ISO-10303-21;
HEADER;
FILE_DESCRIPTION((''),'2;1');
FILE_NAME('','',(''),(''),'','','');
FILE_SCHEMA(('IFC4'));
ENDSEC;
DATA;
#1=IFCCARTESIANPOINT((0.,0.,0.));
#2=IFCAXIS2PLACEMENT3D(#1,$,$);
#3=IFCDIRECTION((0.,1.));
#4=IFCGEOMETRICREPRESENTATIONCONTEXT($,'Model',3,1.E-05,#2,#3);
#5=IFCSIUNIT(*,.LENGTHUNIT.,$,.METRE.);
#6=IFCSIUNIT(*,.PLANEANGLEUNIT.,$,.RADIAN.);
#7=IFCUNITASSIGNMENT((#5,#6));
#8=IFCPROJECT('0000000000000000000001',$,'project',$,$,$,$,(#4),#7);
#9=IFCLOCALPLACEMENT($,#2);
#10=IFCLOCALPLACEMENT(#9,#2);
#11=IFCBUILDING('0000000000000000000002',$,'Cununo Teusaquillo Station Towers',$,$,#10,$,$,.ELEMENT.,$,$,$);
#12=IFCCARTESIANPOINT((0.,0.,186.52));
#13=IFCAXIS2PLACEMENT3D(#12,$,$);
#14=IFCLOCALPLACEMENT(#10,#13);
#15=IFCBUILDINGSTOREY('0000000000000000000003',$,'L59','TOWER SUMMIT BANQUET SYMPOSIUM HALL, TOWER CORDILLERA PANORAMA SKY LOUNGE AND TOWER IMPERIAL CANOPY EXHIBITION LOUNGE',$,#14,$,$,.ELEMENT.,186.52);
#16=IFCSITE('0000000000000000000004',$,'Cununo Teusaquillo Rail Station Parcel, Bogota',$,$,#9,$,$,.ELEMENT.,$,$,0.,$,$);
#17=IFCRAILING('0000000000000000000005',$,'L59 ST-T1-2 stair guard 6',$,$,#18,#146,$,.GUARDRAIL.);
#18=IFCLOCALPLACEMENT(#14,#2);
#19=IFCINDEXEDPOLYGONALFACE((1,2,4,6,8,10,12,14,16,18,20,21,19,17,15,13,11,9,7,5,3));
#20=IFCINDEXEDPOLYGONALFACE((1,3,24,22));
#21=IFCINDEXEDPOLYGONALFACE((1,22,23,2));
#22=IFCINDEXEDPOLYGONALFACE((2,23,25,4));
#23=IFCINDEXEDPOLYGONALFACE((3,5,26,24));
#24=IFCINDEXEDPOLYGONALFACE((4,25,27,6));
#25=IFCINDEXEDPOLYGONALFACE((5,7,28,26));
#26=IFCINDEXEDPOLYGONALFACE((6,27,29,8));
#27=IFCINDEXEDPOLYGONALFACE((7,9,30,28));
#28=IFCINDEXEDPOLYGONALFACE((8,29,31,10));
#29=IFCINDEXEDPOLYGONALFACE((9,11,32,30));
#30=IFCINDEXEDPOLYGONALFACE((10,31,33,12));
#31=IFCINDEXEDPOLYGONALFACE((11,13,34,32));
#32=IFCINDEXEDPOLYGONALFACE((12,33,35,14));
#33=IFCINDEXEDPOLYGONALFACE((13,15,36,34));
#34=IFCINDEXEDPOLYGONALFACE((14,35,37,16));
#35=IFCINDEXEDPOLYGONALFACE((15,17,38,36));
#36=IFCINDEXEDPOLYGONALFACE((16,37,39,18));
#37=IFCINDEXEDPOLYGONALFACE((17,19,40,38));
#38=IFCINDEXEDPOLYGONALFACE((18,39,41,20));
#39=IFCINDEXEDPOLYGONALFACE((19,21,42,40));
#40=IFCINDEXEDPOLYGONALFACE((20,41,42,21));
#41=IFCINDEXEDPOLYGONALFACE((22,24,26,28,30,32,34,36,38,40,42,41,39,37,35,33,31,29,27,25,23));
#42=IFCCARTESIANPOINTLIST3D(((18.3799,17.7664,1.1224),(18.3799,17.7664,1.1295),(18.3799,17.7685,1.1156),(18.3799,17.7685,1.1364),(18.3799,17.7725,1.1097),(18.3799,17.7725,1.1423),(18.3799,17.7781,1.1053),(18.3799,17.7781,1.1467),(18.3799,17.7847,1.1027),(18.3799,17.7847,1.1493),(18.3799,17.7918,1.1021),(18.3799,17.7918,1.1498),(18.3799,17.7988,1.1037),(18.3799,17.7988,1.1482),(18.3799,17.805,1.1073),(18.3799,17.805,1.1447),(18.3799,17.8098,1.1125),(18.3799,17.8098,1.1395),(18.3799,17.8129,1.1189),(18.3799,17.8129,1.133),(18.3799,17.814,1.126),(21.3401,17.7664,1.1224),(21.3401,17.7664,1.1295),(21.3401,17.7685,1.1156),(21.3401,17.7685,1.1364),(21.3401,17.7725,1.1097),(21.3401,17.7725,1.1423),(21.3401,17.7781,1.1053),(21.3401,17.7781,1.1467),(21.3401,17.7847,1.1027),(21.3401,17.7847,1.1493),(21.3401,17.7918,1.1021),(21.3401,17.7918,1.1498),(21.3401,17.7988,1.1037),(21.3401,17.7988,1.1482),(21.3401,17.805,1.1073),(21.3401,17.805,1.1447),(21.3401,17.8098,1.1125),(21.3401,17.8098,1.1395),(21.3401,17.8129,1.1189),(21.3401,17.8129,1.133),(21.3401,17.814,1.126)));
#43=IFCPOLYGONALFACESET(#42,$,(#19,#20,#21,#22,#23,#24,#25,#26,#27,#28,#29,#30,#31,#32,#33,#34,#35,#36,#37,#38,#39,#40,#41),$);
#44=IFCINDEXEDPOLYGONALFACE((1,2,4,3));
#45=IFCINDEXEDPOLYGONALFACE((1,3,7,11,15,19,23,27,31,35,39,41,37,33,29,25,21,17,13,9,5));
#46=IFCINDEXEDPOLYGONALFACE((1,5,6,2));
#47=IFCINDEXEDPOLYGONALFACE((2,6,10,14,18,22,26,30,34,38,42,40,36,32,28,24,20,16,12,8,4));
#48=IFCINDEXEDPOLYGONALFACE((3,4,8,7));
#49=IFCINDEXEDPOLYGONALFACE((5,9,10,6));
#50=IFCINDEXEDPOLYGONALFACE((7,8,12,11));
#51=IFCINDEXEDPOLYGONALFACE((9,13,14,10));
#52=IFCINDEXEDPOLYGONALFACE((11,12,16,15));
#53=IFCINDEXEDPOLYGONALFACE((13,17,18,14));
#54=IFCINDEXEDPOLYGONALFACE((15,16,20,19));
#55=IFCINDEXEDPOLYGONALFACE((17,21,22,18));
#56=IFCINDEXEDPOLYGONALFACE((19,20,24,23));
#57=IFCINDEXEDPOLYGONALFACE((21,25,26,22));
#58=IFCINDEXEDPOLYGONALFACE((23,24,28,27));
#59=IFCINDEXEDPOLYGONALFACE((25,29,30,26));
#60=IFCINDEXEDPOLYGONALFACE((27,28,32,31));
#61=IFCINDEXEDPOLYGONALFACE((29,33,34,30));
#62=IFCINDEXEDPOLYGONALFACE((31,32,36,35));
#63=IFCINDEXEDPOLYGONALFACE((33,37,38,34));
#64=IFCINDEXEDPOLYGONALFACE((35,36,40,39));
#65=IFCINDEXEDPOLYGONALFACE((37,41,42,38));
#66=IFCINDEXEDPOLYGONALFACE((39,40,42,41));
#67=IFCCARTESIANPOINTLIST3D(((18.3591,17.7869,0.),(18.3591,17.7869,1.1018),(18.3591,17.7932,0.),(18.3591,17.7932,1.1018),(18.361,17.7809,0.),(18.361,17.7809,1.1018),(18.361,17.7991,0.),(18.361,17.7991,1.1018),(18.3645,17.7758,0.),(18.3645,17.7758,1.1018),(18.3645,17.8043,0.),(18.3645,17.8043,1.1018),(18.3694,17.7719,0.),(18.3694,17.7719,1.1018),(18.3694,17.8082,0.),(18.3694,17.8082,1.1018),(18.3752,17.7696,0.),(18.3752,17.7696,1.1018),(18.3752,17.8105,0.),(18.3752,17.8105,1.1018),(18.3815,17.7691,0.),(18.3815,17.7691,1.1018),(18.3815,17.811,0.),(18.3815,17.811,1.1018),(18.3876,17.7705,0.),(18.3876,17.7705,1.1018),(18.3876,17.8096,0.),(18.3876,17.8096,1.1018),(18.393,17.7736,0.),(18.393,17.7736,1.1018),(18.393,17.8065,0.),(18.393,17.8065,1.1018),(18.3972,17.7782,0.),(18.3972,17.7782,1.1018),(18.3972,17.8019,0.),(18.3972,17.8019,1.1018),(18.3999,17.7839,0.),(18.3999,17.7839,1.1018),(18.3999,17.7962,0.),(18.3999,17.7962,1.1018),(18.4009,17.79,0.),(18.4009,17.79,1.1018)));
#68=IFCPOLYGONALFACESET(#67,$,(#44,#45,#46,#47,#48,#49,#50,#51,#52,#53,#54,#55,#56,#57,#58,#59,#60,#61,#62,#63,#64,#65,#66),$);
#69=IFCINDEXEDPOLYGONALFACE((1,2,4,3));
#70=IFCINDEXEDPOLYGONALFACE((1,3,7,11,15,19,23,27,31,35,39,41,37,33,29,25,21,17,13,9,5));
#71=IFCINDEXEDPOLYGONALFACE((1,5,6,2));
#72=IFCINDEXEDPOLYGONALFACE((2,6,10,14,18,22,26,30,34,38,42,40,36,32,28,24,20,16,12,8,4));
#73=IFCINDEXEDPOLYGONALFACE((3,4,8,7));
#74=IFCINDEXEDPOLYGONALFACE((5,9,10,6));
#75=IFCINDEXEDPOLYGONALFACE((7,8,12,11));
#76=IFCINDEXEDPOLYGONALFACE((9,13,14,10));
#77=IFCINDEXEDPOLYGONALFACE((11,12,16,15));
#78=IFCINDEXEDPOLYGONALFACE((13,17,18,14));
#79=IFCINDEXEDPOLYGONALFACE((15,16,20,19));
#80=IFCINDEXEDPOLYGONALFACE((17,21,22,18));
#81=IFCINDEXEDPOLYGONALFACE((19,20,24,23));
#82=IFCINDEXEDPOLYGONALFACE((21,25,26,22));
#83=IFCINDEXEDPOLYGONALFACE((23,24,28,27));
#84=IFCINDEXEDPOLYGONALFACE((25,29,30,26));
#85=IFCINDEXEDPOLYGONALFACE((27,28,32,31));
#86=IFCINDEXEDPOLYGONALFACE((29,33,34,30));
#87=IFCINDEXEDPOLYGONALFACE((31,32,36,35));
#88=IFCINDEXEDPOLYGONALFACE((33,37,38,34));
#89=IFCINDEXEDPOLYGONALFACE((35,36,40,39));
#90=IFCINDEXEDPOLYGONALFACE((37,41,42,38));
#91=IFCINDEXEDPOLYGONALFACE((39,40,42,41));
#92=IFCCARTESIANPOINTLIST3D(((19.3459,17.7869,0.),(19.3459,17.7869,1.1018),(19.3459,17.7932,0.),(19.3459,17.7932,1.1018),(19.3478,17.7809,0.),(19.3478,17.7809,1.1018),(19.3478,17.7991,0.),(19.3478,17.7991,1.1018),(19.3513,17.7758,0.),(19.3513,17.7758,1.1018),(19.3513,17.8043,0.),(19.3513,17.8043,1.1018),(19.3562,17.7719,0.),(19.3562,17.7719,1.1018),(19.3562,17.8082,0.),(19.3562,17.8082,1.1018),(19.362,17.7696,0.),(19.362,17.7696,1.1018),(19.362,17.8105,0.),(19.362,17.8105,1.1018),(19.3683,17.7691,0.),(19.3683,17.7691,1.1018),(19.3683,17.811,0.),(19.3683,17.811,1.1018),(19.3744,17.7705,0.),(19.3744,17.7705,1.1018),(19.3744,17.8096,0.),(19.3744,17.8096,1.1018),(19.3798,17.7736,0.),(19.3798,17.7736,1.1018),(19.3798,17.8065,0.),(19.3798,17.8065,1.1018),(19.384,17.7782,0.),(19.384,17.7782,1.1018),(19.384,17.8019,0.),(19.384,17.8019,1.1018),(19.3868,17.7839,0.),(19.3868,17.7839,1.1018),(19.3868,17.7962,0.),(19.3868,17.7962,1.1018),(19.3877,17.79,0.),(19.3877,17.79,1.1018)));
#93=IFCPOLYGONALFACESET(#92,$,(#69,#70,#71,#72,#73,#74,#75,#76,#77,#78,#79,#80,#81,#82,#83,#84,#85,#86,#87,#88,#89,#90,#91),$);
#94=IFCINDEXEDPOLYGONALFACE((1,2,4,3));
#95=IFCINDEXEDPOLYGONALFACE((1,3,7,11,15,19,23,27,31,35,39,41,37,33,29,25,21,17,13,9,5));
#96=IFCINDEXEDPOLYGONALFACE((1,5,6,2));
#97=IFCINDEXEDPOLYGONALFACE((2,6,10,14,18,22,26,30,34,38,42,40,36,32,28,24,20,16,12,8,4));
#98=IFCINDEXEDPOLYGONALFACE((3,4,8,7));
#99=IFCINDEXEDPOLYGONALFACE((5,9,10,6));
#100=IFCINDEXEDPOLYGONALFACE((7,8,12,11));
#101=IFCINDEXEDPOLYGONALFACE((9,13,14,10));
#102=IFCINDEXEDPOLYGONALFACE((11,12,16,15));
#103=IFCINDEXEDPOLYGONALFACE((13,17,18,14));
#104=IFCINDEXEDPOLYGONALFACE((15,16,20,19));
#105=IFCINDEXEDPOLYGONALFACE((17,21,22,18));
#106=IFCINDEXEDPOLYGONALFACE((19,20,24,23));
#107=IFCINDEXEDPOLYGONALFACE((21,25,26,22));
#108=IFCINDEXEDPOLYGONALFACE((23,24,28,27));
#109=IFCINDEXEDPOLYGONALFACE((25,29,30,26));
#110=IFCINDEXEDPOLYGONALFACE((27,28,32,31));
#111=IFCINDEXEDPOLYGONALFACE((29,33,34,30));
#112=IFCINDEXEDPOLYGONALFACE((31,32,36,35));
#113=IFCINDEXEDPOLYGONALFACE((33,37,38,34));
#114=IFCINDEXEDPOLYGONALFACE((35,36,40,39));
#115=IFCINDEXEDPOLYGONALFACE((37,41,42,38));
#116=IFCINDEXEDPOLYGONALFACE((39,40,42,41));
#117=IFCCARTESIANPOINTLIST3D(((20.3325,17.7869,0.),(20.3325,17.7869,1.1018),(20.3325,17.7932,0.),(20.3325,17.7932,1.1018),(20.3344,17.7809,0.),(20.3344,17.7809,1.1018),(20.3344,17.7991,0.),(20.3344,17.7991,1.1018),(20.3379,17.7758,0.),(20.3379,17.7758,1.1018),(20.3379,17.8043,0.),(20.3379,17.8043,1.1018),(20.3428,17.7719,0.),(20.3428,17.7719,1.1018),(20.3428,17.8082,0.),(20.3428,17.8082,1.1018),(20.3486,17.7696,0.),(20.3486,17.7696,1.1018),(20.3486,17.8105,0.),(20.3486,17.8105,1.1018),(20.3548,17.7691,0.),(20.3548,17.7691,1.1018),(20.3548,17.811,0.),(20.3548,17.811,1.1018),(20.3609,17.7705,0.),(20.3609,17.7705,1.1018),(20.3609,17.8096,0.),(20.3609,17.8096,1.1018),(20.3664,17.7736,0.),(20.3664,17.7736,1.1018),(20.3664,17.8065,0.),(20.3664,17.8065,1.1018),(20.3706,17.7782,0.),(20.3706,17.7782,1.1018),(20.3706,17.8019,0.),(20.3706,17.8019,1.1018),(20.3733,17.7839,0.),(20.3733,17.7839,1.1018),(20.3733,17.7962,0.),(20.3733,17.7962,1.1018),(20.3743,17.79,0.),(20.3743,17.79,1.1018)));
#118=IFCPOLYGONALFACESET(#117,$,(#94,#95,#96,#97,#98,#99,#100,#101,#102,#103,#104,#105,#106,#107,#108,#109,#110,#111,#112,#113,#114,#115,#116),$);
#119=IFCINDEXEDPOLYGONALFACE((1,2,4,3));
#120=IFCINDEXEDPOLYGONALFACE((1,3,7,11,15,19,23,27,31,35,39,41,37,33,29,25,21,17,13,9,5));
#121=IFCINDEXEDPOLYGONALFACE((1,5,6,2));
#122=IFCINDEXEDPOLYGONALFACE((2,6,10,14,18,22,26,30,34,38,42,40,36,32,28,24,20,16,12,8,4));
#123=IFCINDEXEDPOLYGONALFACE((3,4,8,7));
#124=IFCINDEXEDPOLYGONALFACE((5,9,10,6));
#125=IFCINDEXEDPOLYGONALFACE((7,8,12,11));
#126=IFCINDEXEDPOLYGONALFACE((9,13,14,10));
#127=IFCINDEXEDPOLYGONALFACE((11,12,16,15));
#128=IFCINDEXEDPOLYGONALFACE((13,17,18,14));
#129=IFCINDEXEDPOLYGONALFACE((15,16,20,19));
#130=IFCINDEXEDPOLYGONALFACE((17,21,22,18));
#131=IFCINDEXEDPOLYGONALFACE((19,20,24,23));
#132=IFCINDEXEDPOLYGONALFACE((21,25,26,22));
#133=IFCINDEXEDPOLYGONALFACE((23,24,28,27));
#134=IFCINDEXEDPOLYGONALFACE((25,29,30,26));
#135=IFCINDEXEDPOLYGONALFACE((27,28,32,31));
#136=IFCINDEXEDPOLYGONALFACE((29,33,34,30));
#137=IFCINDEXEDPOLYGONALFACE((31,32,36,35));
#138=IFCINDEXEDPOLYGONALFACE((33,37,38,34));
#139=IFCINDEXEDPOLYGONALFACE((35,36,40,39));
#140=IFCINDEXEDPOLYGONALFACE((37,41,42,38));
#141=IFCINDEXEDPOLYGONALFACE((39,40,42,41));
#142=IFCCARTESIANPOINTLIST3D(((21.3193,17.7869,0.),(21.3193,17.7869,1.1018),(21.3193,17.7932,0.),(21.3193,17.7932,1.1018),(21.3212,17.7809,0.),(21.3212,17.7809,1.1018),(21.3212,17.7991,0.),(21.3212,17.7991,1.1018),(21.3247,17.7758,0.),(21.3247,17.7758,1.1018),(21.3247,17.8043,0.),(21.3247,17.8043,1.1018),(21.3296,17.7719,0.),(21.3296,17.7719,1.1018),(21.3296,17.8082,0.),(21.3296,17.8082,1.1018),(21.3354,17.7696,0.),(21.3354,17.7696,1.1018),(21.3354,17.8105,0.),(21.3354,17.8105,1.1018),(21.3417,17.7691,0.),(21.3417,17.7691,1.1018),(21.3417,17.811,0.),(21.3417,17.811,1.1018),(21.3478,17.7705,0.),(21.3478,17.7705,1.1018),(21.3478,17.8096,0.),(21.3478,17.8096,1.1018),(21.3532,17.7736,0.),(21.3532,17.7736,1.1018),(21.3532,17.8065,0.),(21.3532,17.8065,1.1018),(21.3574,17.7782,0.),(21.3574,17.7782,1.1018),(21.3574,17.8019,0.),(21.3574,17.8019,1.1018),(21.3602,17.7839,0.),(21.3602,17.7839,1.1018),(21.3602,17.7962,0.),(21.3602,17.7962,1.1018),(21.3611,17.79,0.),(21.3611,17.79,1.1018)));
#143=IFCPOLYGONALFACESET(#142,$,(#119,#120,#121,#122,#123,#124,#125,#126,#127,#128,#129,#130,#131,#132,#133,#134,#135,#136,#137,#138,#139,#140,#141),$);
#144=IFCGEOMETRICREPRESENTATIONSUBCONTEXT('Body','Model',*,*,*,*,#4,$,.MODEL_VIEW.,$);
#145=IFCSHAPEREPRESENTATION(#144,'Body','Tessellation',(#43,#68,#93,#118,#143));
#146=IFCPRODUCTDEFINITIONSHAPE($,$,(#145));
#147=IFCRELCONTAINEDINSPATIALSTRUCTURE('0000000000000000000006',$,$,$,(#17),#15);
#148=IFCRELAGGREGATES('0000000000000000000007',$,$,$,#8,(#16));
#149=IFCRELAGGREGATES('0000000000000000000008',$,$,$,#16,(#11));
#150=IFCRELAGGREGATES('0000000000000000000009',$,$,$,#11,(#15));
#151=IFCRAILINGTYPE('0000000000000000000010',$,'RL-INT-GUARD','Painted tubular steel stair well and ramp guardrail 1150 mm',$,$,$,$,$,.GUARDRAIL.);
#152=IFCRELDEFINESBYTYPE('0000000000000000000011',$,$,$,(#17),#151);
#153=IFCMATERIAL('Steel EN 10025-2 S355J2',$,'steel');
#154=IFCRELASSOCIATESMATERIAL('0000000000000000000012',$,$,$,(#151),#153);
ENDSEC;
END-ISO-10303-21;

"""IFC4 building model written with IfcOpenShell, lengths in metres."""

from ifc_helpers import new_model, si_unit, direction, frame, origin, origin_2d, place, context, subcontext, project, spatial, circle, extrude, material, type_object, element, save


model = new_model("IFC4")

# Units and contexts
model_context = context("Model", 3, precision=1e-05, world=origin(), true_north=direction((0.0, 1.0)))
body_context = subcontext(model_context, "Body", "Model", "MODEL_VIEW")
ifc_project = project(units=[si_unit("LENGTHUNIT", "METRE"), si_unit("PLANEANGLEUNIT", "RADIAN")], contexts=[model_context])

# Site, building, storey
site_placement = place(None, origin())
site = spatial("IfcSite", under=ifc_project, at=site_placement, Name="Cununo Teusaquillo Rail Station Parcel, Bogota", CompositionType="ELEMENT", RefElevation=0.0)
building_placement = place(site_placement, origin())
building = spatial("IfcBuilding", under=site, at=building_placement, Name="Cununo Teusaquillo Station Towers", CompositionType="ELEMENT")
storey_placement = place(building_placement, frame((0.0, 0.0, 186.52)))
storey = spatial("IfcBuildingStorey", under=building, at=storey_placement, Name="L59", Description="TOWER SUMMIT BANQUET SYMPOSIUM HALL, TOWER CORDILLERA PANORAMA SKY LOUNGE AND TOWER IMPERIAL CANOPY EXHIBITION LOUNGE", CompositionType="ELEMENT", Elevation=186.52)

# Railing
ifc_material_1 = material(Name="Steel EN 10025-2 S355J2", Category="steel")
railing_type_1 = type_object("IfcRailingType", Name="RL-INT-GUARD", Description="Painted tubular steel stair well and ramp guardrail 1150 mm", PredefinedType="GUARDRAIL", material=ifc_material_1)
railing_1_placement = place(storey_placement, frame((18.3799, 17.79, 0.0)))
element("IfcRailing", 1, at=railing_1_placement, inside=storey, type_object=railing_type_1, Name="L59 ST-T1-2 stair guard 6", PredefinedType="GUARDRAIL", context=body_context, shape_type="SweptSolid", body=[
    extrude(circle(Radius=0.0239, at=origin_2d()), frame((0.0, 0.0, 1.126), z_axis=(1.0, 0.0, 0.0), x_axis=(0.0, 1.0, 0.0)), (0.0, 0.0, 1.0), 2.9602),
    extrude(circle(Radius=0.021, at=origin_2d()), origin(), (0.0, 0.0, 1.0), 1.1018),
    extrude(circle(Radius=0.021, at=origin_2d()), frame((0.9868, 0.0, 0.0)), (0.0, 0.0, 1.0), 1.1018),
    extrude(circle(Radius=0.021, at=origin_2d()), frame((1.9734, 0.0, 0.0)), (0.0, 0.0, 1.0), 1.1018),
    extrude(circle(Radius=0.021, at=origin_2d()), frame((2.9602, 0.0, 0.0)), (0.0, 0.0, 1.0), 1.1018),
])

save(model, "model.ifc")
